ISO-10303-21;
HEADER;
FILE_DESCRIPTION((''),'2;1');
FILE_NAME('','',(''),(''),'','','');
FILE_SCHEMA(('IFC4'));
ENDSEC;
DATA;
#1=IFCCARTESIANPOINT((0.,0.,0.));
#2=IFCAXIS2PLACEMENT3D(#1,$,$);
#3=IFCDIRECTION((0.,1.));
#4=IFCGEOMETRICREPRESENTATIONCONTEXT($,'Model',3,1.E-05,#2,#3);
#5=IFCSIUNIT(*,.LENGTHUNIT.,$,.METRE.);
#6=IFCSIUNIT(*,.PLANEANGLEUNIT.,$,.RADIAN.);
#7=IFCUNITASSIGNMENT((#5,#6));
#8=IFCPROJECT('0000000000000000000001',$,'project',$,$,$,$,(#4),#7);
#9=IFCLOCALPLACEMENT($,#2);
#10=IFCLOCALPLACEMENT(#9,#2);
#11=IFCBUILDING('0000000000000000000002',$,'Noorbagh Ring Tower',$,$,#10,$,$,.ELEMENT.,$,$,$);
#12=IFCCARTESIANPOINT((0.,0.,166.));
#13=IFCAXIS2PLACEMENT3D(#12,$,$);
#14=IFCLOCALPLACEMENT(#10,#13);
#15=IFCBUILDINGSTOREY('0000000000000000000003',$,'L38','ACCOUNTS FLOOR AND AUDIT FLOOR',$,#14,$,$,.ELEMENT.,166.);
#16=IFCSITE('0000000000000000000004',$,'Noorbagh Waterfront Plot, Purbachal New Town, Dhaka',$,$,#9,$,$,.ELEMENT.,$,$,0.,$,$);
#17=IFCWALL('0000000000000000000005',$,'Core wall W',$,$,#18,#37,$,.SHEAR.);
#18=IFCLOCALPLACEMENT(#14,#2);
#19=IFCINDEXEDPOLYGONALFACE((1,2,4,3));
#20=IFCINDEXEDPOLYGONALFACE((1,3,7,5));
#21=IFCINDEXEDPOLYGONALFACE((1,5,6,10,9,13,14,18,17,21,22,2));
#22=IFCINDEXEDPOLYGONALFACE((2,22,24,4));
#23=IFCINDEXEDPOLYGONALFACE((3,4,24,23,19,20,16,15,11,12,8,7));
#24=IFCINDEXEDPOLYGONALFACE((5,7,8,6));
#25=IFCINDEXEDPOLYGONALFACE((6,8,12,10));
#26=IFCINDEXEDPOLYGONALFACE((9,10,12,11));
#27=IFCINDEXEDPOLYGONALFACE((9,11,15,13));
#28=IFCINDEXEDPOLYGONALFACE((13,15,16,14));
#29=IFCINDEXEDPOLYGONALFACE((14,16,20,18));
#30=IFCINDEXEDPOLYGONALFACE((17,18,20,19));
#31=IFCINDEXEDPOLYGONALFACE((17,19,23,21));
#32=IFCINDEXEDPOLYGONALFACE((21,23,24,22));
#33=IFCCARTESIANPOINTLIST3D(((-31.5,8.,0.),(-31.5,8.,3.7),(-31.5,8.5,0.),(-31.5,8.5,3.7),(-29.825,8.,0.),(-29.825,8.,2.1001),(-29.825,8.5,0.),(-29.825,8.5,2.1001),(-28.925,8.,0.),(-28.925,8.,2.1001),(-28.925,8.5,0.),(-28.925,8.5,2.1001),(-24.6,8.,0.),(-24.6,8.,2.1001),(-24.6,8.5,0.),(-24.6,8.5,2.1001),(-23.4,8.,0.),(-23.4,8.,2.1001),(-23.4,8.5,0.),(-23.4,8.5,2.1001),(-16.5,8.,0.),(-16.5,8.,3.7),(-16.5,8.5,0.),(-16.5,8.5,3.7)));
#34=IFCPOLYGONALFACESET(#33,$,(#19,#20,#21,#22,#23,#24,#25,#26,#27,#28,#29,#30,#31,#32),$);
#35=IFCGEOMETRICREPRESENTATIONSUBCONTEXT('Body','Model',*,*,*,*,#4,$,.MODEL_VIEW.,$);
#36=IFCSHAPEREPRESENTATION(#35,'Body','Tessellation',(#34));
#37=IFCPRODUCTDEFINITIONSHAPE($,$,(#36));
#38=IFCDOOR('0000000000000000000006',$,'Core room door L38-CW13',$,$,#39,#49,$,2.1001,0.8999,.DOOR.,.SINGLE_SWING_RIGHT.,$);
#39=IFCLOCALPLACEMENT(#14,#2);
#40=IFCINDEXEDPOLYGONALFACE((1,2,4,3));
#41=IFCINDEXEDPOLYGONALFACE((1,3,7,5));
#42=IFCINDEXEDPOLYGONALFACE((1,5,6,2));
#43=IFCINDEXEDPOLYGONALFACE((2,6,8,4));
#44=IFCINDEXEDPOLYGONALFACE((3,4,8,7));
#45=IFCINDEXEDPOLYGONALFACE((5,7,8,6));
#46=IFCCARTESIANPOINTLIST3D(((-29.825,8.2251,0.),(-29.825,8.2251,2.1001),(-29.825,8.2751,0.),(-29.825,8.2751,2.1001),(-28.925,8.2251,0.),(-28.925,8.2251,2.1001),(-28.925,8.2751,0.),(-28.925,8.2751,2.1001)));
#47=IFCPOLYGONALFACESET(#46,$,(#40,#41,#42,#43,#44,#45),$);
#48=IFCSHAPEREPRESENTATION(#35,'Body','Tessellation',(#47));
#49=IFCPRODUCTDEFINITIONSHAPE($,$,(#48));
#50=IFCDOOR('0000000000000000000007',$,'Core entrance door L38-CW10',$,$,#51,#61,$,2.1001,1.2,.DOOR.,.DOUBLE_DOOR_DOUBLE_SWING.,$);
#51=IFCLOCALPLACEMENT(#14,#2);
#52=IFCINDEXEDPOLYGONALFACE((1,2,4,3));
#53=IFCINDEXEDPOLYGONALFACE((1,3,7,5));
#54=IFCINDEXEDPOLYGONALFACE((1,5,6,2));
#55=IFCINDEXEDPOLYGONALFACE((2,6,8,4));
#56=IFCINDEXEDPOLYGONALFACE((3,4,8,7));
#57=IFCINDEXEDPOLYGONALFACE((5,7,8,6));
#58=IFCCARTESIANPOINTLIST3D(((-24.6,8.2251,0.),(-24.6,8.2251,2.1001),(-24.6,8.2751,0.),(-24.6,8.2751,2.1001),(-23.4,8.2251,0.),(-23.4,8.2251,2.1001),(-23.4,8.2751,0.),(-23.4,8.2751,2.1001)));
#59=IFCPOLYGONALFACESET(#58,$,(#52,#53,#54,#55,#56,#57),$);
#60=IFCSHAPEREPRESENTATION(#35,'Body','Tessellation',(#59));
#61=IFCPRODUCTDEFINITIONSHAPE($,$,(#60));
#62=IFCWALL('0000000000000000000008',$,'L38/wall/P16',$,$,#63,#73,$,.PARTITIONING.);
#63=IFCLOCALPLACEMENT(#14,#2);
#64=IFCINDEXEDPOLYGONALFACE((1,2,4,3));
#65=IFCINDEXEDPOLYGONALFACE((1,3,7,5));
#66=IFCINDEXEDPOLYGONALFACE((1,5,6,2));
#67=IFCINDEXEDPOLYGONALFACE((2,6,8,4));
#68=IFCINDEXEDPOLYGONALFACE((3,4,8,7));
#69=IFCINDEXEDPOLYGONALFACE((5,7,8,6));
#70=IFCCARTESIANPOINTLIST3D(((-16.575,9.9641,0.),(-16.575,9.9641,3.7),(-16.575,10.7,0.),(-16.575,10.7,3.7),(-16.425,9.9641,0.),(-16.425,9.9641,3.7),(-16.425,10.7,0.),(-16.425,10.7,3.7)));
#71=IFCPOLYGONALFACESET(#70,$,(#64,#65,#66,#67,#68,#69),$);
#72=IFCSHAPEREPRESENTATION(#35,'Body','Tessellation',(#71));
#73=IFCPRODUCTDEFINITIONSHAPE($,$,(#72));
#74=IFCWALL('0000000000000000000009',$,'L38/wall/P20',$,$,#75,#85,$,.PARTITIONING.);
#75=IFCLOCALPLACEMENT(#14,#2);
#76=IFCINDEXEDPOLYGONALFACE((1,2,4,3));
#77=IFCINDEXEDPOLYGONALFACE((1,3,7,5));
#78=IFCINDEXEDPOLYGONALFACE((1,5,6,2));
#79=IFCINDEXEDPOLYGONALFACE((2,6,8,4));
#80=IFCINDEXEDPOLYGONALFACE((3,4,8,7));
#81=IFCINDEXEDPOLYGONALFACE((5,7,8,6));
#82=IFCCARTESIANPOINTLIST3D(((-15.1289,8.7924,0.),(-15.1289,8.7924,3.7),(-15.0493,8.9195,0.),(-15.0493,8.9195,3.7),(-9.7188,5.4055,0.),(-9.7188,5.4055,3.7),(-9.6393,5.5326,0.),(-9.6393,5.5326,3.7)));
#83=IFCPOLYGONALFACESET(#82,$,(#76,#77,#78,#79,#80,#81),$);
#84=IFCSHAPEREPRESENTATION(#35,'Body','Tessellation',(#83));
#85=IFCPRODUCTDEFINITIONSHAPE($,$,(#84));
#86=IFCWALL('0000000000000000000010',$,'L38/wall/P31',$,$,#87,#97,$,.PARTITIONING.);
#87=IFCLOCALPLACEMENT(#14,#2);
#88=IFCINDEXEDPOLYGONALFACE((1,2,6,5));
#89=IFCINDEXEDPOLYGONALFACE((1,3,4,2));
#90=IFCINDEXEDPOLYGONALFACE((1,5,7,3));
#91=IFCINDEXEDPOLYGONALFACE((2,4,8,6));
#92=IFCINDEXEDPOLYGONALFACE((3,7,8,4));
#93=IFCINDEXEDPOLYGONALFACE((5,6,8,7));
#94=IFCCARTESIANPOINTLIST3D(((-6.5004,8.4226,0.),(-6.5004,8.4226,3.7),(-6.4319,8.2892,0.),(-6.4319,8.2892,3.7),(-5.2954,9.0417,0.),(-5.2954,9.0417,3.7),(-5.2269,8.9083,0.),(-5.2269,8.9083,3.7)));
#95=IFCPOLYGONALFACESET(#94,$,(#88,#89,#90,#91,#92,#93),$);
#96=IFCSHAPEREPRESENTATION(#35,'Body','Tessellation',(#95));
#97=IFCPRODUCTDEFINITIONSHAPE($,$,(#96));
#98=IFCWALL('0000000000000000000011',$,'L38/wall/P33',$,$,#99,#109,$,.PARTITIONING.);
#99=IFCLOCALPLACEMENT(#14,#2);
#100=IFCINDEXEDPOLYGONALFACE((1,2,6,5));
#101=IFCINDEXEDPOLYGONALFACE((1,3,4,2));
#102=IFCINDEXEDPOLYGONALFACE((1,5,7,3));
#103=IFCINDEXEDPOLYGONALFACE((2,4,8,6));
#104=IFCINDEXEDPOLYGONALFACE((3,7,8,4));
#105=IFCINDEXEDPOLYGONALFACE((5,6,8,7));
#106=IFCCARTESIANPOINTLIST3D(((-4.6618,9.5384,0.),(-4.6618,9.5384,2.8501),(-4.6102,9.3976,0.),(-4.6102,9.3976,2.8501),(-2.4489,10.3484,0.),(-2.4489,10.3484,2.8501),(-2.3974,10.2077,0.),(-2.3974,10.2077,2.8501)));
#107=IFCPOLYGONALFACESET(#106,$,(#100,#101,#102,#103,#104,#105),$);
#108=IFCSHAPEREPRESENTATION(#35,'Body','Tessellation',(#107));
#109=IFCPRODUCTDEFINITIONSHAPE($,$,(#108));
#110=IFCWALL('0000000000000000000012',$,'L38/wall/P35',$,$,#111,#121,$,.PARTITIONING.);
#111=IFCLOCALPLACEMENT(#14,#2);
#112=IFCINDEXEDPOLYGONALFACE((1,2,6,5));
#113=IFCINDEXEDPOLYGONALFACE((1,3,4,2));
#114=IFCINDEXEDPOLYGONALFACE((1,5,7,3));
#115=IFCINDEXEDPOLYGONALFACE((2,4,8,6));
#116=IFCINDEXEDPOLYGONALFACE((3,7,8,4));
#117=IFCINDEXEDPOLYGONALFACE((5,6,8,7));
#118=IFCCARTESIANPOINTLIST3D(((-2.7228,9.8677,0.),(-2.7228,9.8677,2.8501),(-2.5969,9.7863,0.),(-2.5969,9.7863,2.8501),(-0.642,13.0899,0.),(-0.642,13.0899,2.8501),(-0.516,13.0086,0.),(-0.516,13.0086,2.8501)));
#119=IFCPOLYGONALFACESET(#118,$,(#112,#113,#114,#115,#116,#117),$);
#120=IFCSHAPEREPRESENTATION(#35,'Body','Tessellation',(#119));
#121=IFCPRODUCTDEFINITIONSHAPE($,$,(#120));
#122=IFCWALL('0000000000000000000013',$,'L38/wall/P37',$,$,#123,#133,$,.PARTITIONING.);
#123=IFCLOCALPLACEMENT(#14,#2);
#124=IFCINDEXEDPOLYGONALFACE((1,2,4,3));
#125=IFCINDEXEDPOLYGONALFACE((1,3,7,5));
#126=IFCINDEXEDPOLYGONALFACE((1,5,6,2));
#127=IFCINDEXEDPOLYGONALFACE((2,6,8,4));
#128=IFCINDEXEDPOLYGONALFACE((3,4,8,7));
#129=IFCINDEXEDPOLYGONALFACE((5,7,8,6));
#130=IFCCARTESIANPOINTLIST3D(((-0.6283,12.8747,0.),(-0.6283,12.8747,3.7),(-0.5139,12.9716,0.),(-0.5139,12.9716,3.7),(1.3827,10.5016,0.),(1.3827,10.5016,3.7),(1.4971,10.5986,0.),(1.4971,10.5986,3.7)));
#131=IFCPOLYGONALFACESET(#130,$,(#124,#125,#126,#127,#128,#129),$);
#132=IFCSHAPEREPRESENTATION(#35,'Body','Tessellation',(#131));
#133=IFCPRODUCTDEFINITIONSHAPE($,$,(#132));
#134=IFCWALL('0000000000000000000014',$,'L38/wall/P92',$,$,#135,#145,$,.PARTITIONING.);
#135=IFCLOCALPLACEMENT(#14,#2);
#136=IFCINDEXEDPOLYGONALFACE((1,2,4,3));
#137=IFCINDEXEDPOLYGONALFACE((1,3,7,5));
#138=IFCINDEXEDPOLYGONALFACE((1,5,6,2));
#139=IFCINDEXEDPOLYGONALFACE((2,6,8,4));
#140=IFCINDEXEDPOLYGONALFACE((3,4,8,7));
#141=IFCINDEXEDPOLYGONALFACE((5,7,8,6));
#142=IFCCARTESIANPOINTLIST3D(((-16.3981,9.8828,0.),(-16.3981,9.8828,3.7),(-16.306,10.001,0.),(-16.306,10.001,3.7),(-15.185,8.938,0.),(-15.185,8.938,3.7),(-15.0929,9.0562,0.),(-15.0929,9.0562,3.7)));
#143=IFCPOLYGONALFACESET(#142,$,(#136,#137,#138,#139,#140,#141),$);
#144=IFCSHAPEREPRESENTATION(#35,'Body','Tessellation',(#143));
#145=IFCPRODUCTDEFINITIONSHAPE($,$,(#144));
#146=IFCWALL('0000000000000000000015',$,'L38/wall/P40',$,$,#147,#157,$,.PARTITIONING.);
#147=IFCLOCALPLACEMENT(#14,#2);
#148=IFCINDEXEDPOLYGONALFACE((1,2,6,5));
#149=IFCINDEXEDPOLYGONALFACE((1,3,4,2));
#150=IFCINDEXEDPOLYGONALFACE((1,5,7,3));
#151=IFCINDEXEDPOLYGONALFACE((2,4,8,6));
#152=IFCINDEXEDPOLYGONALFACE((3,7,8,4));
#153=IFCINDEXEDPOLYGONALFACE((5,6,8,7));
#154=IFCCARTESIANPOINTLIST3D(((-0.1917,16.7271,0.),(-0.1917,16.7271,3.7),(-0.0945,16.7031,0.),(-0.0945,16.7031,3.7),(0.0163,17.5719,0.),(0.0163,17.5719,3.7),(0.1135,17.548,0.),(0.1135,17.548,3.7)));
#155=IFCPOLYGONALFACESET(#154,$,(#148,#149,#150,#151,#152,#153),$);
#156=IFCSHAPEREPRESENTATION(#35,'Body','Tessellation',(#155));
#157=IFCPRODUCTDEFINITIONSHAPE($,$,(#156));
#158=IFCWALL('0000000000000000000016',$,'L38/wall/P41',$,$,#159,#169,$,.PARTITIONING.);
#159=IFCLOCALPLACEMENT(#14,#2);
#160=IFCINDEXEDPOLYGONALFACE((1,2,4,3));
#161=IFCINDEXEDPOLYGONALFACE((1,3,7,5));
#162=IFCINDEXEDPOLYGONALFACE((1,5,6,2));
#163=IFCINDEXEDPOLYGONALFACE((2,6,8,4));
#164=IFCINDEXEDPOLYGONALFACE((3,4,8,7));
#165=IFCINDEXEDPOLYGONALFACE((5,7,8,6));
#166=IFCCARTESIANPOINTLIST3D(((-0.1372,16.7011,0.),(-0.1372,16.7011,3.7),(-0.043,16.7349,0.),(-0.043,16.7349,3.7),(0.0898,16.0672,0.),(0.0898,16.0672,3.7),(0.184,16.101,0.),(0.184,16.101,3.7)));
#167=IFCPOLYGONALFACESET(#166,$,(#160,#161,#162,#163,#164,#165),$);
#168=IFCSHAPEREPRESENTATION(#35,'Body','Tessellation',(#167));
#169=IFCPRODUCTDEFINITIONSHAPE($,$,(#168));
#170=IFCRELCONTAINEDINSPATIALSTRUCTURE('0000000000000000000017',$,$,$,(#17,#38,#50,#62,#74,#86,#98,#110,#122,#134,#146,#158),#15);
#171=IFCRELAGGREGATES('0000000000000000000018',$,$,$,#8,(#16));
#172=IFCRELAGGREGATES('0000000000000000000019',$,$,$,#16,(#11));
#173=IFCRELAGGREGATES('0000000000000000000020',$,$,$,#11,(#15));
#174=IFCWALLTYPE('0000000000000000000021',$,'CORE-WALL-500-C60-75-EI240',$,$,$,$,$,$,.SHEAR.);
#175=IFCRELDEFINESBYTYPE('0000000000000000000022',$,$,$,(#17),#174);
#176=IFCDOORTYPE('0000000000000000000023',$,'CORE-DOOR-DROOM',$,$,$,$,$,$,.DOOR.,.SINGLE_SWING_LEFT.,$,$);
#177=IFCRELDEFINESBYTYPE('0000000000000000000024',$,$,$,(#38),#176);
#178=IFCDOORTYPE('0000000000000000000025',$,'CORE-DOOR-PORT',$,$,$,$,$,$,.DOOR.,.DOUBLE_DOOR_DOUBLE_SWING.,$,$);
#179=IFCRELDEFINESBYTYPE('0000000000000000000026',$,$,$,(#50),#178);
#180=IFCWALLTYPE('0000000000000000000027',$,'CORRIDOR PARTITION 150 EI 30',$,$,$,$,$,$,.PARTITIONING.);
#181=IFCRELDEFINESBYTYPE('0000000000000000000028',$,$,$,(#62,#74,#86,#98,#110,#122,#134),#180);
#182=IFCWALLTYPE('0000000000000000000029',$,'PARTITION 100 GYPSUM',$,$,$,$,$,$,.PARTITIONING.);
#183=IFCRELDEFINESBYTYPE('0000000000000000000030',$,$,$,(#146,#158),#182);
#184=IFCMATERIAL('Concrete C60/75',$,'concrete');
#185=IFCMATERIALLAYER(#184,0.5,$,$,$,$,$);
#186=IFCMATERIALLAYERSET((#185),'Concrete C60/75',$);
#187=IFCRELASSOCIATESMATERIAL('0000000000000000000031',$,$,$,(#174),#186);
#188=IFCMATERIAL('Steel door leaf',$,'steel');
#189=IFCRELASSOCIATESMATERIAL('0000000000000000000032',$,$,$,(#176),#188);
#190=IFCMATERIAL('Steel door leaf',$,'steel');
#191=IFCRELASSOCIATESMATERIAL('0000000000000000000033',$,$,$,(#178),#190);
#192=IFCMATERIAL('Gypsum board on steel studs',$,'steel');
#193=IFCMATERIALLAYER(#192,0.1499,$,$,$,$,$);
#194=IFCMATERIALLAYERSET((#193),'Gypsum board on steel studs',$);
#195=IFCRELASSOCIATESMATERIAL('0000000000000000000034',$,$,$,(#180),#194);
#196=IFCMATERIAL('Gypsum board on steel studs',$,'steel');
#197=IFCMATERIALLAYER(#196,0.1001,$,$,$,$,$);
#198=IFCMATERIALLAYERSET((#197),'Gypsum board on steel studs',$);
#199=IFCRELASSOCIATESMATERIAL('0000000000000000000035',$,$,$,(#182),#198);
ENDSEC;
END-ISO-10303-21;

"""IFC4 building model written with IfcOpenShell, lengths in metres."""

from ifc_helpers import new_model, si_unit, direction, frame, frame_2d, origin, place, context, subcontext, project, spatial, rectangle, extrude, material, layer, layer_set, type_object, element, fill, save


model = new_model("IFC4")

# Units and contexts
model_context = context("Model", 3, precision=1e-05, world=origin(), true_north=direction((0.0, 1.0)))
body_context = subcontext(model_context, "Body", "Model", "MODEL_VIEW")
ifc_project = project(units=[si_unit("LENGTHUNIT", "METRE"), si_unit("PLANEANGLEUNIT", "RADIAN")], contexts=[model_context])

# Site, building, storey
site_placement = place(None, origin())
site = spatial("IfcSite", under=ifc_project, at=site_placement, Name="Noorbagh Waterfront Plot, Purbachal New Town, Dhaka", CompositionType="ELEMENT", RefElevation=0.0)
building_placement = place(site_placement, origin())
building = spatial("IfcBuilding", under=site, at=building_placement, Name="Noorbagh Ring Tower", CompositionType="ELEMENT")
storey_placement = place(building_placement, frame((0.0, 0.0, 166.0)))
storey = spatial("IfcBuildingStorey", under=building, at=storey_placement, Name="L38", Description="ACCOUNTS FLOOR AND AUDIT FLOOR", CompositionType="ELEMENT", Elevation=166.0)

# Wall, openings, doors
ifc_material_1 = material(Name="Concrete C60/75", Category="concrete")
ifc_layer_1 = layer(ifc_material_1, 0.5)
ifc_layer_set_1 = layer_set([ifc_layer_1], Name="Concrete C60/75")
wall_type_1 = type_object("IfcWallType", Name="CORE-WALL-500-C60-75-EI240", PredefinedType="SHEAR", material=ifc_layer_set_1)
wall_1_placement = place(storey_placement, frame((-16.5, 8.25, 0.0), z_axis=(0.0, 0.0, 1.0), x_axis=(-1.0, 0.0, 0.0)))
wall_1 = element("IfcWall", 1, at=wall_1_placement, inside=storey, type_object=wall_type_1, Name="Core wall W", PredefinedType="SHEAR", context=body_context, shape_type="SweptSolid", body=[
    extrude(rectangle(XDim=15.0, YDim=0.5, at=frame_2d((7.5, 0.0))), origin(), (0.0, 0.0, 1.0), 3.7),
])
opening_1_placement = place(wall_1_placement, frame((6.8999, 0.0, 0.0)))
opening_1 = element("IfcOpeningElement", 2, at=opening_1_placement, cuts=wall_1, PredefinedType="OPENING", context=body_context, shape_type="SweptSolid", body=[
    extrude(rectangle(XDim=1.2, YDim=2.1001, at=frame_2d((0.6001, 1.05))), frame((0.0, 0.26, 0.0), z_axis=(0.0, -1.0, 0.0), x_axis=(1.0, 0.0, 0.0)), (0.0, 0.0, 1.0), 0.52),
])
opening_2_placement = place(wall_1_placement, frame((12.425, 0.0, 0.0)))
opening_2 = element("IfcOpeningElement", 3, at=opening_2_placement, cuts=wall_1, PredefinedType="OPENING", context=body_context, shape_type="SweptSolid", body=[
    extrude(rectangle(XDim=0.8999, YDim=2.1001, at=frame_2d((0.45, 1.05))), frame((0.0, 0.26, 0.0), z_axis=(0.0, -1.0, 0.0), x_axis=(1.0, 0.0, 0.0)), (0.0, 0.0, 1.0), 0.52),
])
ifc_material_2 = material(Name="Steel door leaf", Category="steel")
door_type_1 = type_object("IfcDoorType", Name="CORE-DOOR-DROOM", OperationType="SINGLE_SWING_LEFT", PredefinedType="DOOR", material=ifc_material_2)
door_1_placement = place(opening_2_placement, origin())
door_1 = element("IfcDoor", 4, at=door_1_placement, inside=storey, type_object=door_type_1, Name="Core room door L38-CW13", OperationType="SINGLE_SWING_RIGHT", OverallHeight=2.1001, OverallWidth=0.8999, PredefinedType="DOOR", context=body_context, shape_type="SweptSolid", body=[
    extrude(rectangle(XDim=0.8999, YDim=2.1001, at=frame_2d((0.45, 1.05))), frame((0.0, 0.0249, 0.0), z_axis=(0.0, -1.0, 0.0), x_axis=(1.0, 0.0, 0.0)), (0.0, 0.0, 1.0), 0.05),
])
fill(opening_2, door_1)
ifc_material_3 = material(Name="Steel door leaf", Category="steel")
door_type_2 = type_object("IfcDoorType", Name="CORE-DOOR-PORT", OperationType="DOUBLE_DOOR_DOUBLE_SWING", PredefinedType="DOOR", material=ifc_material_3)
door_2_placement = place(opening_1_placement, origin())
door_2 = element("IfcDoor", 5, at=door_2_placement, inside=storey, type_object=door_type_2, Name="Core entrance door L38-CW10", OperationType="DOUBLE_DOOR_DOUBLE_SWING", OverallHeight=2.1001, OverallWidth=1.2, PredefinedType="DOOR", context=body_context, shape_type="SweptSolid", body=[
    extrude(rectangle(XDim=1.2, YDim=2.1001, at=frame_2d((0.6001, 1.05))), frame((0.0, 0.0249, 0.0), z_axis=(0.0, -1.0, 0.0), x_axis=(1.0, 0.0, 0.0)), (0.0, 0.0, 1.0), 0.05),
])
fill(opening_1, door_2)

# Walls
ifc_material_4 = material(Name="Gypsum board on steel studs", Category="steel")
ifc_layer_2 = layer(ifc_material_4, 0.1499)
ifc_layer_set_2 = layer_set([ifc_layer_2], Name="Gypsum board on steel studs")
wall_type_2 = type_object("IfcWallType", Name="CORRIDOR PARTITION 150 EI 30", PredefinedType="PARTITIONING", material=ifc_layer_set_2)
wall_2_placement = place(storey_placement, frame((-16.5, 9.9641, 0.0), z_axis=(0.0, 0.0, 1.0), x_axis=(0.0, 1.0, 0.0)))
element("IfcWall", 6, at=wall_2_placement, inside=storey, type_object=wall_type_2, Name="L38/wall/P16", PredefinedType="PARTITIONING", context=body_context, shape_type="SweptSolid", body=[
    extrude(rectangle(XDim=0.7358, YDim=0.1499, at=frame_2d((0.3679, 0.0))), origin(), (0.0, 0.0, 1.0), 3.7),
])
wall_3_placement = place(storey_placement, frame((-15.0891, 8.856, 0.0), z_axis=(0.0, 0.0, 1.0), x_axis=(0.847603, -0.530631, 0.0)))
element("IfcWall", 7, at=wall_3_placement, inside=storey, type_object=wall_type_2, Name="L38/wall/P20", PredefinedType="PARTITIONING", context=body_context, shape_type="SweptSolid", body=[
    extrude(rectangle(XDim=6.3828, YDim=0.1499, at=frame_2d((3.1914, 0.0))), origin(), (0.0, 0.0, 1.0), 3.7),
])
wall_4_placement = place(storey_placement, frame((-6.4661, 8.356, 0.0), z_axis=(0.0, 0.0, 1.0), x_axis=(0.889472, 0.45699, 0.0)))
element("IfcWall", 8, at=wall_4_placement, inside=storey, type_object=wall_type_2, Name="L38/wall/P31", PredefinedType="PARTITIONING", context=body_context, shape_type="SweptSolid", body=[
    extrude(rectangle(XDim=1.3547, YDim=0.1499, at=frame_2d((0.6772, 0.0))), origin(), (0.0, 0.0, 1.0), 3.7),
])
wall_5_placement = place(storey_placement, frame((-4.636, 9.468, 0.0), z_axis=(0.0, 0.0, 1.0), x_axis=(0.939059, 0.343755, 0.0)))
element("IfcWall", 9, at=wall_5_placement, inside=storey, type_object=wall_type_2, Name="L38/wall/P33", PredefinedType="PARTITIONING", context=body_context, shape_type="SweptSolid", body=[
    extrude(rectangle(XDim=2.3564, YDim=0.1499, at=frame_2d((1.1782, 0.0))), origin(), (0.0, 0.0, 1.0), 2.8501),
])
wall_6_placement = place(storey_placement, frame((-2.6599, 9.8269, 0.0), z_axis=(0.0, 0.0, 1.0), x_axis=(0.542494, 0.84006, 0.0)))
element("IfcWall", 10, at=wall_6_placement, inside=storey, type_object=wall_type_2, Name="L38/wall/P35", PredefinedType="PARTITIONING", context=body_context, shape_type="SweptSolid", body=[
    extrude(rectangle(XDim=3.8357, YDim=0.1499, at=frame_2d((1.918, 0.0))), origin(), (0.0, 0.0, 1.0), 2.8501),
])
wall_7_placement = place(storey_placement, frame((-0.571, 12.9231, 0.0), z_axis=(0.0, 0.0, 1.0), x_axis=(0.646509, -0.762907, 0.0)))
element("IfcWall", 11, at=wall_7_placement, inside=storey, type_object=wall_type_2, Name="L38/wall/P37", PredefinedType="PARTITIONING", context=body_context, shape_type="SweptSolid", body=[
    extrude(rectangle(XDim=3.1106, YDim=0.1499, at=frame_2d((1.5552, 0.0))), origin(), (0.0, 0.0, 1.0), 3.7),
])
wall_8_placement = place(storey_placement, frame((-16.3521, 9.9419, 0.0), z_axis=(0.0, 0.0, 1.0), x_axis=(0.78895, -0.614457, 0.0)))
element("IfcWall", 12, at=wall_8_placement, inside=storey, type_object=wall_type_2, Name="L38/wall/P92", PredefinedType="PARTITIONING", context=body_context, shape_type="SweptSolid", body=[
    extrude(rectangle(XDim=1.5376, YDim=0.1499, at=frame_2d((0.7688, 0.0))), origin(), (0.0, 0.0, 1.0), 3.7),
])
ifc_material_5 = material(Name="Gypsum board on steel studs", Category="steel")
ifc_layer_3 = layer(ifc_material_5, 0.1001)
ifc_layer_set_3 = layer_set([ifc_layer_3], Name="Gypsum board on steel studs")
wall_type_3 = type_object("IfcWallType", Name="PARTITION 100 GYPSUM", PredefinedType="PARTITIONING", material=ifc_layer_set_3)
wall_9_placement = place(storey_placement, frame((-0.1431, 16.7151, 0.0), z_axis=(0.0, 0.0, 1.0), x_axis=(0.239035, 0.971011, 0.0)))
element("IfcWall", 13, at=wall_9_placement, inside=storey, type_object=wall_type_3, Name="L38/wall/P40", PredefinedType="PARTITIONING", context=body_context, shape_type="SweptSolid", body=[
    extrude(rectangle(XDim=0.8701, YDim=0.1001, at=frame_2d((0.4351, 0.0))), origin(), (0.0, 0.0, 1.0), 3.7),
])
wall_10_placement = place(storey_placement, frame((-0.0901, 16.718, 0.0), z_axis=(0.0, 0.0, 1.0), x_axis=(0.33714, -0.941455, 0.0)))
element("IfcWall", 14, at=wall_10_placement, inside=storey, type_object=wall_type_3, Name="L38/wall/P41", PredefinedType="PARTITIONING", context=body_context, shape_type="SweptSolid", body=[
    extrude(rectangle(XDim=0.6733, YDim=0.1001, at=frame_2d((0.3367, 0.0))), origin(), (0.0, 0.0, 1.0), 3.7),
])

save(model, "model.ifc")
